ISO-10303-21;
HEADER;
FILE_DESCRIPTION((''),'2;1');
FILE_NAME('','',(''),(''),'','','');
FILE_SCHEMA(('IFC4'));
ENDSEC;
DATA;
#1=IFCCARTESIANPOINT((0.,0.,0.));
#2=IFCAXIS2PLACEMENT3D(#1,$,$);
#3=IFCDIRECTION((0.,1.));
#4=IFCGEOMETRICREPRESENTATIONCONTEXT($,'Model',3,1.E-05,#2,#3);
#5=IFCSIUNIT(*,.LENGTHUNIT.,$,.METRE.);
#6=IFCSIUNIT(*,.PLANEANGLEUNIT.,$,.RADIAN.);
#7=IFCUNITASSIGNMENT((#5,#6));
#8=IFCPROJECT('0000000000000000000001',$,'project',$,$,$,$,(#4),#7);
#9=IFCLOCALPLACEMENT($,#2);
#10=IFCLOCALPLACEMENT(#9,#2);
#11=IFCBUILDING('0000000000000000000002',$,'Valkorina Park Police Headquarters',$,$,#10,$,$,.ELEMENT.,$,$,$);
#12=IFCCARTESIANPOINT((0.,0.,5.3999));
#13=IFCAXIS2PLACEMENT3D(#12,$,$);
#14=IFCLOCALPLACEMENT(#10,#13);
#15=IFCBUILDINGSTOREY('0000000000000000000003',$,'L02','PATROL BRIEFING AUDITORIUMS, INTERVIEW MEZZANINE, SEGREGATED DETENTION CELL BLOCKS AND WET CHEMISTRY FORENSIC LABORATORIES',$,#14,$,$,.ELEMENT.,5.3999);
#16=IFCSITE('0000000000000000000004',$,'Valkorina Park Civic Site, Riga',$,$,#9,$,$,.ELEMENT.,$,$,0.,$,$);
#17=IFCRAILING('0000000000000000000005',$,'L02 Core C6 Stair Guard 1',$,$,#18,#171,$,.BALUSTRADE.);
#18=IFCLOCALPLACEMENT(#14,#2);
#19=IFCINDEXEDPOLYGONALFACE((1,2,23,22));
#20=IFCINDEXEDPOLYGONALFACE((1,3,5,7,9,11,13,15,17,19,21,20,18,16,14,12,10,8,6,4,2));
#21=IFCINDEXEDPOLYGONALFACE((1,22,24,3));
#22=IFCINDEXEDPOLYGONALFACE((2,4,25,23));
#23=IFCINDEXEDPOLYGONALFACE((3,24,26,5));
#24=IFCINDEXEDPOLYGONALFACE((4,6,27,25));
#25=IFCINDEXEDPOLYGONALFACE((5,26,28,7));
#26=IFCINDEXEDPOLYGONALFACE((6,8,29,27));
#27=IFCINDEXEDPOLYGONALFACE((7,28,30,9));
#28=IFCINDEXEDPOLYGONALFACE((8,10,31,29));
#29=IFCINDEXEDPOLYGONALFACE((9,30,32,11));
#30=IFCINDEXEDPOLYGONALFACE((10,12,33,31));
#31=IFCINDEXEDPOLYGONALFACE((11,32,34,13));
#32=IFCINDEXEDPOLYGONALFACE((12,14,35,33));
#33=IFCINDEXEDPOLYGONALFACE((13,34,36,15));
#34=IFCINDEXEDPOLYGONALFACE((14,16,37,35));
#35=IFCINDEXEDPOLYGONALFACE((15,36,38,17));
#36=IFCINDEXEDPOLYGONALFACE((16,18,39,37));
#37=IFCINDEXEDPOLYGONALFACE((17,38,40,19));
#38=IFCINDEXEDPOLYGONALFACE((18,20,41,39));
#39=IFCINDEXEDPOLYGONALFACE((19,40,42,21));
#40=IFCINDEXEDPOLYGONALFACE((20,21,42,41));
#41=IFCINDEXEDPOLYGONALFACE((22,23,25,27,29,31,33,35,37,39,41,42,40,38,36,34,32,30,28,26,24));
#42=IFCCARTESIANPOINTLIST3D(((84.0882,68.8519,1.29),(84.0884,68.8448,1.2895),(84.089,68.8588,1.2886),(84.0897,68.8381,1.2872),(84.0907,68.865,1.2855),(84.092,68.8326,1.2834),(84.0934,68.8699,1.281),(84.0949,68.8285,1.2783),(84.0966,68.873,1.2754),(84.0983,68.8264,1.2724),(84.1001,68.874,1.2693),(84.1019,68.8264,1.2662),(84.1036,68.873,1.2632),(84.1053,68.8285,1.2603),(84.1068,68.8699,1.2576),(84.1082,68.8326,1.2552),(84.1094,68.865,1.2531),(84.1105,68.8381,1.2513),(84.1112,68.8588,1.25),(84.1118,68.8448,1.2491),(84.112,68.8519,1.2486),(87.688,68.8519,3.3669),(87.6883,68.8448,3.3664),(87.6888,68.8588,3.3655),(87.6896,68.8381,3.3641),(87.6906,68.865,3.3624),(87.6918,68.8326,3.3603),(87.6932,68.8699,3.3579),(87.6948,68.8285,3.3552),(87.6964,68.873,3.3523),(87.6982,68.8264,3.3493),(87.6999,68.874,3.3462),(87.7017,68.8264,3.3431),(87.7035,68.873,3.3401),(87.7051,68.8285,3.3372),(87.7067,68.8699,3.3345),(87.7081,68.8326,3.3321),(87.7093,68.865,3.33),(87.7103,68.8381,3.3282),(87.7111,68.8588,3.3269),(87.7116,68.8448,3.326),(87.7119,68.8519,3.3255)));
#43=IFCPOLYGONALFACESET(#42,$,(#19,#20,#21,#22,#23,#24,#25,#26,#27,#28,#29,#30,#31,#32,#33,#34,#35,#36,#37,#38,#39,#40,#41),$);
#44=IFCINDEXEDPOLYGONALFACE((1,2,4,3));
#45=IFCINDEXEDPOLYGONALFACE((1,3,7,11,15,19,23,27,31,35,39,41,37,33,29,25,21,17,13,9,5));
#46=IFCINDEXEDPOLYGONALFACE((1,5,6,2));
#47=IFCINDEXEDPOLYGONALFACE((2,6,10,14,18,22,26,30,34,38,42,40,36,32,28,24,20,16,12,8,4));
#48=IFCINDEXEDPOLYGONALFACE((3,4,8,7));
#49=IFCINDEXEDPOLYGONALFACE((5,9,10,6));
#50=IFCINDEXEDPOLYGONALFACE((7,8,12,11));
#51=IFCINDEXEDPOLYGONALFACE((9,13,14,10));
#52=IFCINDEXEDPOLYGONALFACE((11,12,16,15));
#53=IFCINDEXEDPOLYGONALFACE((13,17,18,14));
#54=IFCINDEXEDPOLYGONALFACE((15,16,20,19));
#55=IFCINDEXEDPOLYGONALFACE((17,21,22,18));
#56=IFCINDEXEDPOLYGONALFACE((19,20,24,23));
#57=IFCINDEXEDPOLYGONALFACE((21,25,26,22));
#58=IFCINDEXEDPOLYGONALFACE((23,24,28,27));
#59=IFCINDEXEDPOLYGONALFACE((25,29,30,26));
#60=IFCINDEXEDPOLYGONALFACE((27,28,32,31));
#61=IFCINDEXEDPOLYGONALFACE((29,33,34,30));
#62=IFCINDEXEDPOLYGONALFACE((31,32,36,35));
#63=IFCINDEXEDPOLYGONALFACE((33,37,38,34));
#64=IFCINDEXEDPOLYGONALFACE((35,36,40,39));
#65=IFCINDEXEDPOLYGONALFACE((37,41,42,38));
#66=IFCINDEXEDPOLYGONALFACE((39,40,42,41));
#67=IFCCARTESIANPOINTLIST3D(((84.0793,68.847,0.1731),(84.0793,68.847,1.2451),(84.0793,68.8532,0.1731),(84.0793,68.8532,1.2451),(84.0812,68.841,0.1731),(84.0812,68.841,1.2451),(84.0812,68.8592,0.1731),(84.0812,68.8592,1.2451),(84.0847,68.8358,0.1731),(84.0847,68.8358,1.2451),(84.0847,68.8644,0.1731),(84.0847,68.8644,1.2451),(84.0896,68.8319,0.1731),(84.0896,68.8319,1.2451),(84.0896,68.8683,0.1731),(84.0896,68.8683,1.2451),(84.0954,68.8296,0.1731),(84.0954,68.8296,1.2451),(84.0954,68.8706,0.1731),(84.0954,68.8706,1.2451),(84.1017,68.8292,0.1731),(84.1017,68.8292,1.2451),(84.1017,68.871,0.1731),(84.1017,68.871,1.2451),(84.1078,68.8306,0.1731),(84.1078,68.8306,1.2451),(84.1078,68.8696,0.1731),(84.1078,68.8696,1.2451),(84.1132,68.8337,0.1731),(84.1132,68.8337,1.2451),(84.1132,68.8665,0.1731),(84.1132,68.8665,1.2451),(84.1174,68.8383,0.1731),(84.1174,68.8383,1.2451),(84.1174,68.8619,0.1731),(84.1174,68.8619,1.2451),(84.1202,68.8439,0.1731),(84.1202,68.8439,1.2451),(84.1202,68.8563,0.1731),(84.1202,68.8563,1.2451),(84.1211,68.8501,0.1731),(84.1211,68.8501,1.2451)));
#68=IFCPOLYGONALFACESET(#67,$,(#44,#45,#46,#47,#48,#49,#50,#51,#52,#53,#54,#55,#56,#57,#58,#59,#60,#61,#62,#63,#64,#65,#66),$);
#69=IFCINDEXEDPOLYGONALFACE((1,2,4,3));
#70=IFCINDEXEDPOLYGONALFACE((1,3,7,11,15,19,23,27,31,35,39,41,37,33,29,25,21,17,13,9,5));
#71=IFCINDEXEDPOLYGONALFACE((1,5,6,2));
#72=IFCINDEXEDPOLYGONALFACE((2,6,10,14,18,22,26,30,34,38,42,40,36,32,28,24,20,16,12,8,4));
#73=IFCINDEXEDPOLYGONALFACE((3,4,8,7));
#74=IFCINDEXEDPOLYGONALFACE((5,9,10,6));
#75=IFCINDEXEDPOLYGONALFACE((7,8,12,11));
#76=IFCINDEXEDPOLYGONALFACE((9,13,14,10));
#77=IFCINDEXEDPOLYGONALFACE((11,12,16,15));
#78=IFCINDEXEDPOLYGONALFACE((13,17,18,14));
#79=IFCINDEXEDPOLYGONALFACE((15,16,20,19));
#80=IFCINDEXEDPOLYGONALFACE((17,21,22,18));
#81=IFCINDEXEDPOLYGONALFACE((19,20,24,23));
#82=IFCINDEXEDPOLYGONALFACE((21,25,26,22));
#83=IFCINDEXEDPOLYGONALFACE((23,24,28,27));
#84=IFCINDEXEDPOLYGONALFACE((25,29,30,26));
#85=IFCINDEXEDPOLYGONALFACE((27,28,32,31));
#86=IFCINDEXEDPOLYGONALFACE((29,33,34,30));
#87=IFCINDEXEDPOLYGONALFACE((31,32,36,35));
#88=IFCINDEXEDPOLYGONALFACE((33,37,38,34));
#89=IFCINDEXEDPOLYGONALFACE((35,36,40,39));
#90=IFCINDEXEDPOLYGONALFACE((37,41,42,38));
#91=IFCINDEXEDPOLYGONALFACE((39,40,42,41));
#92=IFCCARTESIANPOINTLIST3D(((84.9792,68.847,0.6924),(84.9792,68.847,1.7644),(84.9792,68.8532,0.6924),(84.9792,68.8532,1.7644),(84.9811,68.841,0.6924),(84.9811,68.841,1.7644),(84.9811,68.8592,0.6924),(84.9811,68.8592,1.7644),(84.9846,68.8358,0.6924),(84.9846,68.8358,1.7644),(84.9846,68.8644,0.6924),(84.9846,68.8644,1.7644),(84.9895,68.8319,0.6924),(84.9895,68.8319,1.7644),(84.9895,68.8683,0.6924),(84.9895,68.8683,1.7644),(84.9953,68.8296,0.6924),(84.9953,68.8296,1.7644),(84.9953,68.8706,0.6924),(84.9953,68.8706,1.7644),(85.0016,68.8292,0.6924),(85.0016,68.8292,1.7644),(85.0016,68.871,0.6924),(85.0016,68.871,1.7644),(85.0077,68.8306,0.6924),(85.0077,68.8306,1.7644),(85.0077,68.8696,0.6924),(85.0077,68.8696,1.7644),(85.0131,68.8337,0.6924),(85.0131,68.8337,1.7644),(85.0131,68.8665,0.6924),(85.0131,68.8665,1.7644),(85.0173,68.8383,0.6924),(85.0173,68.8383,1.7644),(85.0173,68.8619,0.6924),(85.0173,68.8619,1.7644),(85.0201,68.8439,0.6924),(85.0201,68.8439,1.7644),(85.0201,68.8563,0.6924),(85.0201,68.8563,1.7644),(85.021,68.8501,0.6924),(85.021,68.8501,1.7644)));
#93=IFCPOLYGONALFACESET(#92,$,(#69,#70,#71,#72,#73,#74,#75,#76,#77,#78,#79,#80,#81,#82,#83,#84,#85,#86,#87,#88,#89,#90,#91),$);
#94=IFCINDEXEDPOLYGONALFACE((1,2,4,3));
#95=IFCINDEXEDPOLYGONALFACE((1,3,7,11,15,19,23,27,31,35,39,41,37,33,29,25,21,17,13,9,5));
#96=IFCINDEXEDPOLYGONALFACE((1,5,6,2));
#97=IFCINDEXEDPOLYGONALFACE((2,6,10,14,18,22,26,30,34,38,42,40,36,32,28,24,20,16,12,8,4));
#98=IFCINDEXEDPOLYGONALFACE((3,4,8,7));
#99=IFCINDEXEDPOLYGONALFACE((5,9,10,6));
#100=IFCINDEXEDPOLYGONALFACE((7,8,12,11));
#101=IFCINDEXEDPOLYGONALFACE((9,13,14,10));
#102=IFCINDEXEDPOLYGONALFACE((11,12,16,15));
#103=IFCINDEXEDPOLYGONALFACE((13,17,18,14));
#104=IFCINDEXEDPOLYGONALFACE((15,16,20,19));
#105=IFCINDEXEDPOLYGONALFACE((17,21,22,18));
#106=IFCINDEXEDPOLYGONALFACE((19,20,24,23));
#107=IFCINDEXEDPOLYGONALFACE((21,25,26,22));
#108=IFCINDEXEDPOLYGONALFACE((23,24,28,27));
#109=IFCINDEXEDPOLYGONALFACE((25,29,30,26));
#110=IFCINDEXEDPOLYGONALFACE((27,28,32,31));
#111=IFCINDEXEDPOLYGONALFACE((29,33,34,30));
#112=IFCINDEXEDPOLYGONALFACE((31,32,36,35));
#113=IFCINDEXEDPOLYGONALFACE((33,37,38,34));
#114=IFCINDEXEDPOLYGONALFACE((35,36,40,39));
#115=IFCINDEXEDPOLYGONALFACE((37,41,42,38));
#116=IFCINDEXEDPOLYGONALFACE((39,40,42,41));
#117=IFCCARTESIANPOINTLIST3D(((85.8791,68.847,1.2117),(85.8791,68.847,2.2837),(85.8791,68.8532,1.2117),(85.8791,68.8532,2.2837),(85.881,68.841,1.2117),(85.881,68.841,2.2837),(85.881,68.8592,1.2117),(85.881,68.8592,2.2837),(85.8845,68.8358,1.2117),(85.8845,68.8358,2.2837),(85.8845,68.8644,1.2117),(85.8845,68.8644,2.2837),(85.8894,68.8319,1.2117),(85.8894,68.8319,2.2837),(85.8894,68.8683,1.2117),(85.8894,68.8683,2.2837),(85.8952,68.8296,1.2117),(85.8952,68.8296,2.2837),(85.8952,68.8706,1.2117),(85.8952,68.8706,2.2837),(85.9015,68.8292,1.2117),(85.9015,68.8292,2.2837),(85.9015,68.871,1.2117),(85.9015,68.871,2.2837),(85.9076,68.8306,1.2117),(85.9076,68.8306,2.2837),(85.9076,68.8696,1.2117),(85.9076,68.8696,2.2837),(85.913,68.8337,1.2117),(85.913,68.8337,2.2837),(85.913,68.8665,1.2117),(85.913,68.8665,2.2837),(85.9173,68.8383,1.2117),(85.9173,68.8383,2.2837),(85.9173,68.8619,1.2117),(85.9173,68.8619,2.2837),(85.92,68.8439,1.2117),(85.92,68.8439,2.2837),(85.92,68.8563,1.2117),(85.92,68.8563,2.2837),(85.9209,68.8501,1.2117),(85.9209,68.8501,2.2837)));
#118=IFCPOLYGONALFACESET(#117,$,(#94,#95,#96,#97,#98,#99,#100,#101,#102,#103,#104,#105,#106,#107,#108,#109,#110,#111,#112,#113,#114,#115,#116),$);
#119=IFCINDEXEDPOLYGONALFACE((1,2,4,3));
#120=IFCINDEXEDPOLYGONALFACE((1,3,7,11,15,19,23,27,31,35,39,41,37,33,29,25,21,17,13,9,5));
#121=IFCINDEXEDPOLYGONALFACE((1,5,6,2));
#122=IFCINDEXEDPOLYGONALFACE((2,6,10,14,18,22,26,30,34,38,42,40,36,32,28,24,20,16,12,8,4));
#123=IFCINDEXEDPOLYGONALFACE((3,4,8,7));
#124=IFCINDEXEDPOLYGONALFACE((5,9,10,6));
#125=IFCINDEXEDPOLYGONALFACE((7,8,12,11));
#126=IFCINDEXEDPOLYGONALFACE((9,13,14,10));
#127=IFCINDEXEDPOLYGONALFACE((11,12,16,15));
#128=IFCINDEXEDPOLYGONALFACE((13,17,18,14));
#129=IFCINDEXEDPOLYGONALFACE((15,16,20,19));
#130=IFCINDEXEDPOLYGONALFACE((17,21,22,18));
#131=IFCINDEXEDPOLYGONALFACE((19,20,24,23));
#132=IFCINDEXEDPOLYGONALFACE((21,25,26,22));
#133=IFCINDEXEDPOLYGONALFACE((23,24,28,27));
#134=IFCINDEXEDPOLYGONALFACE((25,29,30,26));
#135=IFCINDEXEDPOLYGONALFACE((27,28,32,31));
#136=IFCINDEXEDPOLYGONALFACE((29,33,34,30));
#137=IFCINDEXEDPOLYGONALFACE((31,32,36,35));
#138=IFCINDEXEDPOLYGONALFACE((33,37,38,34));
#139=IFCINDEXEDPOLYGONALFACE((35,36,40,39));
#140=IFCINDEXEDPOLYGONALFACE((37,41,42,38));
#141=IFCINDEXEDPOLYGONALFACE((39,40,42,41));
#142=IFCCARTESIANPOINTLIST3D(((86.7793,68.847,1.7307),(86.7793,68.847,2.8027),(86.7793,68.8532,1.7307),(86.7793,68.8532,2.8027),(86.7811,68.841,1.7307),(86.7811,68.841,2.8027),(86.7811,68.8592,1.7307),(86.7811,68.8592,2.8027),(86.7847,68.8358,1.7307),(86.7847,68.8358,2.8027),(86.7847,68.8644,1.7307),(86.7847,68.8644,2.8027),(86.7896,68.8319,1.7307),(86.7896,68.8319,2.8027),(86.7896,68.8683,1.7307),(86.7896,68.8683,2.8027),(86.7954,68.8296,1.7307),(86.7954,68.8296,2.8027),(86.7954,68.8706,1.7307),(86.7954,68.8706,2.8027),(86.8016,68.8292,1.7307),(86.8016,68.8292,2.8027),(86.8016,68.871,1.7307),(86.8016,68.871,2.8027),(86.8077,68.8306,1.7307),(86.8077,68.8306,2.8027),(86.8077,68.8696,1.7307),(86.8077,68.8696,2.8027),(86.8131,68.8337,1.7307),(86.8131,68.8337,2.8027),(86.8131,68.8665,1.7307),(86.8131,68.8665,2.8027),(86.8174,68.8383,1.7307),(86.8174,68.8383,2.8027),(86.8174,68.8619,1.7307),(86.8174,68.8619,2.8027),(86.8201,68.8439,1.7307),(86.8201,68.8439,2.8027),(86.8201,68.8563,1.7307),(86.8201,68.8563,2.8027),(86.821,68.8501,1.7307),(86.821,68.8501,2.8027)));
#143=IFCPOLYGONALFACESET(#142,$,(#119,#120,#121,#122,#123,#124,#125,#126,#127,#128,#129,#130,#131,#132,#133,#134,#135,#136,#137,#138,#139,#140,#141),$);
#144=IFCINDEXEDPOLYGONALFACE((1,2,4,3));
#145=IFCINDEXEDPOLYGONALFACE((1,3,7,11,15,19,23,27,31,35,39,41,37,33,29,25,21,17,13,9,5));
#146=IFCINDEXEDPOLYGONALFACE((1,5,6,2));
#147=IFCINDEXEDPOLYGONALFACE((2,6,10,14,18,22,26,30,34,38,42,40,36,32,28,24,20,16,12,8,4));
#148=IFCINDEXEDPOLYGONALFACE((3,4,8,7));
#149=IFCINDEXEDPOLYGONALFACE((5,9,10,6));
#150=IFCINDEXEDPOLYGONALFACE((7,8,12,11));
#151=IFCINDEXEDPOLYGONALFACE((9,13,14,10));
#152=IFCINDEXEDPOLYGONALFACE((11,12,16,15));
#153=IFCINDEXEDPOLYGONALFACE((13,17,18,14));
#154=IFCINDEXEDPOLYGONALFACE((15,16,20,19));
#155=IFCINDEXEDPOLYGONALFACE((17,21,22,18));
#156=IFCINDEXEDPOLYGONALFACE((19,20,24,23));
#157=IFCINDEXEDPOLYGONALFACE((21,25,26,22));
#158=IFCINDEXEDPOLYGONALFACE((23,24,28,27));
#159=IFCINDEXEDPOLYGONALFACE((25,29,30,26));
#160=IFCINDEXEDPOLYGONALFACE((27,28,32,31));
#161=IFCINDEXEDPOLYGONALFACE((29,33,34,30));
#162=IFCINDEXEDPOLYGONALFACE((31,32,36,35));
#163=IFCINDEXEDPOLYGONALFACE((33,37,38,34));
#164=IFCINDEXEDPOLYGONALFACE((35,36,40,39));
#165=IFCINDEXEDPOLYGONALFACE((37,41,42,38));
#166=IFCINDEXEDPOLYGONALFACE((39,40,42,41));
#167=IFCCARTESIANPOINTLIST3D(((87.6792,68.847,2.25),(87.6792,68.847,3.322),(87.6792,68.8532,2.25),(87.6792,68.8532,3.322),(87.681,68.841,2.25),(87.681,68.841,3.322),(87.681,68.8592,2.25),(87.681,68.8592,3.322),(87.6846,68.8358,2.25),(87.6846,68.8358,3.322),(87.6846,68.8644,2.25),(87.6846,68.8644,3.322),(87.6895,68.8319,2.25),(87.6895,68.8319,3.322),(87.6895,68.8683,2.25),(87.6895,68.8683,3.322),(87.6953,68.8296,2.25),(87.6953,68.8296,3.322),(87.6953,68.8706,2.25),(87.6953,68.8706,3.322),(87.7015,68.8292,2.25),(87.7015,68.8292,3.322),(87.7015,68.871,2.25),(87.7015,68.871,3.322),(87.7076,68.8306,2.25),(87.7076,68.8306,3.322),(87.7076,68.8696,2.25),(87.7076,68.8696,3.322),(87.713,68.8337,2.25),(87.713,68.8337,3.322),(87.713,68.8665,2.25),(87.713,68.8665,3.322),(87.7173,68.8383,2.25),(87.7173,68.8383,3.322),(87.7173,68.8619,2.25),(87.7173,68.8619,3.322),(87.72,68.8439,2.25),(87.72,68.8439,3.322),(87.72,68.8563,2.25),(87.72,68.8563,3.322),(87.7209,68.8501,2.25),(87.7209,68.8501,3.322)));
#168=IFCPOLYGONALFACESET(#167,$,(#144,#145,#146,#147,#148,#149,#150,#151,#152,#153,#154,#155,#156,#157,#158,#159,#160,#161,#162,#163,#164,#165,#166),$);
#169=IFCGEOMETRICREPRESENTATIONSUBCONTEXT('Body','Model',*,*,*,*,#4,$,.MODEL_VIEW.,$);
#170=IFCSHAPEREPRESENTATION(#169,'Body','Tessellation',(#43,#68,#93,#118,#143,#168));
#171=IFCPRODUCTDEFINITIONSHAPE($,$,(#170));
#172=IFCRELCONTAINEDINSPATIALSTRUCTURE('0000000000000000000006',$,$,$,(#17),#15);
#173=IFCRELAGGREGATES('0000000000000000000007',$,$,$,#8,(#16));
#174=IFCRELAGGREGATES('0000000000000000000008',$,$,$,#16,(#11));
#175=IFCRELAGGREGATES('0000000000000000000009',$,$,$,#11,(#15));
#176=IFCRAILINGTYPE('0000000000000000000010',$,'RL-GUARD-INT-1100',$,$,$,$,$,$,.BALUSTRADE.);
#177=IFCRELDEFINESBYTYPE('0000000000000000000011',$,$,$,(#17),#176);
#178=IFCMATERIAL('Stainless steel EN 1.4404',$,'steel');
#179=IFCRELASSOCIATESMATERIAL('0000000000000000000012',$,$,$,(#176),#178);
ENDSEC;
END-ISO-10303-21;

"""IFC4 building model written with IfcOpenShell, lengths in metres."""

from ifc_helpers import new_model, si_unit, direction, frame, origin, origin_2d, place, context, subcontext, project, spatial, circle, extrude, material, type_object, element, save


model = new_model("IFC4")

# Units and contexts
model_context = context("Model", 3, precision=1e-05, world=origin(), true_north=direction((0.0, 1.0)))
body_context = subcontext(model_context, "Body", "Model", "MODEL_VIEW")
ifc_project = project(units=[si_unit("LENGTHUNIT", "METRE"), si_unit("PLANEANGLEUNIT", "RADIAN")], contexts=[model_context])

# Site, building, storey
site_placement = place(None, origin())
site = spatial("IfcSite", under=ifc_project, at=site_placement, Name="Valkorina Park Civic Site, Riga", CompositionType="ELEMENT", RefElevation=0.0)
building_placement = place(site_placement, origin())
building = spatial("IfcBuilding", under=site, at=building_placement, Name="Valkorina Park Police Headquarters", CompositionType="ELEMENT")
storey_placement = place(building_placement, frame((0.0, 0.0, 5.3999)))
storey = spatial("IfcBuildingStorey", under=building, at=storey_placement, Name="L02", Description="PATROL BRIEFING AUDITORIUMS, INTERVIEW MEZZANINE, SEGREGATED DETENTION CELL BLOCKS AND WET CHEMISTRY FORENSIC LABORATORIES", CompositionType="ELEMENT", Elevation=5.3999)

# Railing
ifc_material_1 = material(Name="Stainless steel EN 1.4404", Category="steel")
railing_type_1 = type_object("IfcRailingType", Name="RL-GUARD-INT-1100", PredefinedType="BALUSTRADE", material=ifc_material_1)
railing_1_placement = place(storey_placement, frame((84.1001, 68.8501, 0.1731)))
element("IfcRailing", 1, at=railing_1_placement, inside=storey, type_object=railing_type_1, Name="L02 Core C6 Stair Guard 1", PredefinedType="BALUSTRADE", context=body_context, shape_type="SweptSolid", body=[
    extrude(circle(Radius=0.0239, at=origin_2d()), frame((0.0, 0.0, 1.0962), z_axis=(0.866179, 0.0, 0.499734), x_axis=(0.0, 1.0, 0.0)), (0.0, 0.0, 1.0), 4.156),
    extrude(circle(Radius=0.021, at=origin_2d()), origin(), (0.0, 0.0, 1.0), 1.072),
    extrude(circle(Radius=0.021, at=origin_2d()), frame((0.8999, 0.0, 0.5193)), (0.0, 0.0, 1.0), 1.072),
    extrude(circle(Radius=0.021, at=origin_2d()), frame((1.7998, 0.0, 1.0386)), (0.0, 0.0, 1.0), 1.072),
    extrude(circle(Radius=0.021, at=origin_2d()), frame((2.7, 0.0, 1.5576)), (0.0, 0.0, 1.0), 1.072),
    extrude(circle(Radius=0.021, at=origin_2d()), frame((3.5999, 0.0, 2.0769)), (0.0, 0.0, 1.0), 1.072),
])

save(model, "model.ifc")
